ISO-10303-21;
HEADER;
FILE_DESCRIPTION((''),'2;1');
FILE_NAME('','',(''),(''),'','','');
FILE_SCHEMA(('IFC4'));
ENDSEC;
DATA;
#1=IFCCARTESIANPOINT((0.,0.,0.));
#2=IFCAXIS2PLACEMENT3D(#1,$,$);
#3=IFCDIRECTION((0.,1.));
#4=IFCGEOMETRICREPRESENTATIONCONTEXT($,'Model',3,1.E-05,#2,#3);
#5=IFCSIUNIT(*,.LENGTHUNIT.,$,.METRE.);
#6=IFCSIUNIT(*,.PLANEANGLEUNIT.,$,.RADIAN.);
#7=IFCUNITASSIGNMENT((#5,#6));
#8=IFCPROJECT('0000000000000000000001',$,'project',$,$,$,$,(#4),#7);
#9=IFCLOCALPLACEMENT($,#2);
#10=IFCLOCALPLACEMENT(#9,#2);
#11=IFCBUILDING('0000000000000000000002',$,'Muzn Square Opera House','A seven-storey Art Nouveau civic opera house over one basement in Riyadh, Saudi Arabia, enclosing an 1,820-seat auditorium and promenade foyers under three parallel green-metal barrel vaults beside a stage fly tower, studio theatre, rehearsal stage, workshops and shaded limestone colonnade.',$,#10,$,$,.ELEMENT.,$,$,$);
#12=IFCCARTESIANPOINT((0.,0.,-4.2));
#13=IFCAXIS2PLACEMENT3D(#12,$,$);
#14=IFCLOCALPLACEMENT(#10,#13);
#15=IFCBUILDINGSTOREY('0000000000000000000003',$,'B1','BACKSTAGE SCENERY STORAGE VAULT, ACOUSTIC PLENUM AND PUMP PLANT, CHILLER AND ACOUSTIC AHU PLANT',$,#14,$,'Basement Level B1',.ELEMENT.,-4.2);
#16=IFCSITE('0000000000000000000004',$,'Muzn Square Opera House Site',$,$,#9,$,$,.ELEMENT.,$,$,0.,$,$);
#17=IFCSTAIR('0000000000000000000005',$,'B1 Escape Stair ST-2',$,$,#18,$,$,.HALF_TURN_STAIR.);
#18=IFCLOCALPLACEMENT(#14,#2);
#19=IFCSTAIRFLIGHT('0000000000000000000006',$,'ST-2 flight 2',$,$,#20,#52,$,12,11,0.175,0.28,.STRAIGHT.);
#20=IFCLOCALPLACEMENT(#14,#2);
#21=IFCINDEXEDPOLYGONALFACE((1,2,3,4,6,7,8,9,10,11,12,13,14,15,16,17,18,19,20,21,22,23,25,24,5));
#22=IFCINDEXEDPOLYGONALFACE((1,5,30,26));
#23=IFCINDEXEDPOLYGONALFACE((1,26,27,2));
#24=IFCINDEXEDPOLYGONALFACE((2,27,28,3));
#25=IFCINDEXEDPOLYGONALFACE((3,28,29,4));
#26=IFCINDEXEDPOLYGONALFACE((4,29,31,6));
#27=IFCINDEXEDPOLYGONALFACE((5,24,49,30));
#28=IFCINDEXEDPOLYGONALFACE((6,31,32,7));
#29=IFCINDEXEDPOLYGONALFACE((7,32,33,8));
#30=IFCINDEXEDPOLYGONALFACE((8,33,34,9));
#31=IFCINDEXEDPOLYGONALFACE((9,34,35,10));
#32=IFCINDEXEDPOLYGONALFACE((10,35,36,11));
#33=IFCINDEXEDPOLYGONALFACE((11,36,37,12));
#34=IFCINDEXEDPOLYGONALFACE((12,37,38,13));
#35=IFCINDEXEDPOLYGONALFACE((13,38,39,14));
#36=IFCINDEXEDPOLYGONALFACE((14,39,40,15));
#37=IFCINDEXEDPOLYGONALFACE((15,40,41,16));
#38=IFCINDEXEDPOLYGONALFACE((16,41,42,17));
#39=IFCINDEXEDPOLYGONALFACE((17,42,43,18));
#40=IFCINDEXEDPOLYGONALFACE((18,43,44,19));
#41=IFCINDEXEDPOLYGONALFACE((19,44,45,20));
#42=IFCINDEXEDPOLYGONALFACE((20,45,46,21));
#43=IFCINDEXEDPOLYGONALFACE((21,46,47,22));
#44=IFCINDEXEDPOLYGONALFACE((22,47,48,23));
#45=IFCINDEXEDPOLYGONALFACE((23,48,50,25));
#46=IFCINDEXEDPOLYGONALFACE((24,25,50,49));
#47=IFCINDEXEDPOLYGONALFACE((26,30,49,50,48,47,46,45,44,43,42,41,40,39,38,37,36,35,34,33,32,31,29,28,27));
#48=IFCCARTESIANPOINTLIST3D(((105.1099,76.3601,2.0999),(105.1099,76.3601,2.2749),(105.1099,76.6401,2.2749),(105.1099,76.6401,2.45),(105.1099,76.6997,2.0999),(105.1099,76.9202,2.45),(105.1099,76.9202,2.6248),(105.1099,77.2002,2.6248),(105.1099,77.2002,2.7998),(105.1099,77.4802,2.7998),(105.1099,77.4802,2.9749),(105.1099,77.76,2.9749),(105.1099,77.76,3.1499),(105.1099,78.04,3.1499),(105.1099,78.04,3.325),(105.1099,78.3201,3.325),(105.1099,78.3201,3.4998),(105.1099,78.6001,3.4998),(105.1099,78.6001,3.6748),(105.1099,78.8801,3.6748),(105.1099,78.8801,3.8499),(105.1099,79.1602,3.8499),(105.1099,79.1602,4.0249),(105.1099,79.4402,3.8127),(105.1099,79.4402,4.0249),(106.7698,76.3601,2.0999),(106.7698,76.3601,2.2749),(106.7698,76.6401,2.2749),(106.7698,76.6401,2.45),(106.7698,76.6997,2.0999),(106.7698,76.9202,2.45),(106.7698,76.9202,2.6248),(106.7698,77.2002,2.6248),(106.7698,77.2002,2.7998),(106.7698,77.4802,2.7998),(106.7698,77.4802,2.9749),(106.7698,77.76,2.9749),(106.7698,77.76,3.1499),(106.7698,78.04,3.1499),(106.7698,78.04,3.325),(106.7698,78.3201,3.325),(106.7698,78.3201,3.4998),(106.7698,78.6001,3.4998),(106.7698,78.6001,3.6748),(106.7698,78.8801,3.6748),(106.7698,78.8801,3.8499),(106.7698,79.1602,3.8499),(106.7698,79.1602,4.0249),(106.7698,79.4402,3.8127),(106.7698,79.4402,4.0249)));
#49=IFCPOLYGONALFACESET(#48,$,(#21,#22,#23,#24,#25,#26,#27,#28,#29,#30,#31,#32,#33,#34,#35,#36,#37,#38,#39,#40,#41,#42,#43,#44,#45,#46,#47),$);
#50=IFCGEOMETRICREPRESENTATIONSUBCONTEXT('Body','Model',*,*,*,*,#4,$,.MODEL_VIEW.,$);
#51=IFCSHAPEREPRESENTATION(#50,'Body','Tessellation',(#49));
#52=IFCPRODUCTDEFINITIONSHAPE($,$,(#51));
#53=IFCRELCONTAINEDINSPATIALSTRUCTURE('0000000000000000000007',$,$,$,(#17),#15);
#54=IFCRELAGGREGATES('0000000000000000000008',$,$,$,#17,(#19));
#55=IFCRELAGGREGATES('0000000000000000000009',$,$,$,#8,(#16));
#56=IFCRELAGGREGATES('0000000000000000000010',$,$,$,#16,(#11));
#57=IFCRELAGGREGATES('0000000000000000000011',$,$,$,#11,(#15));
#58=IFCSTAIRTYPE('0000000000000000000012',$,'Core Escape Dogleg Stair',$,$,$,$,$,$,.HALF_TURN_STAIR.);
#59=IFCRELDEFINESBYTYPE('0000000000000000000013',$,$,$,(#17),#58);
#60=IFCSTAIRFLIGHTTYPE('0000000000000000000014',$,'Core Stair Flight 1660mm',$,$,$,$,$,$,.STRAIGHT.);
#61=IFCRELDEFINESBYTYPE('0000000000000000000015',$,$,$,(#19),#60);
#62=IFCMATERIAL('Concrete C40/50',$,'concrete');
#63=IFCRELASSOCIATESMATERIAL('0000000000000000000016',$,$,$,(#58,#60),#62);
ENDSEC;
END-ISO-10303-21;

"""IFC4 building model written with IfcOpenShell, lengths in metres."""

from ifc_helpers import new_model, si_unit, direction, frame, origin, place, context, subcontext, project, spatial, polyline, outline, extrude, material, type_object, element, aggregate, save


model = new_model("IFC4")

# Units and contexts
model_context = context("Model", 3, precision=1e-05, world=origin(), true_north=direction((0.0, 1.0)))
body_context = subcontext(model_context, "Body", "Model", "MODEL_VIEW")
ifc_project = project(units=[si_unit("LENGTHUNIT", "METRE"), si_unit("PLANEANGLEUNIT", "RADIAN")], contexts=[model_context])

# Site, building, storey
site_placement = place(None, origin())
site = spatial("IfcSite", under=ifc_project, at=site_placement, Name="Muzn Square Opera House Site", CompositionType="ELEMENT", RefElevation=0.0)
building_placement = place(site_placement, origin())
building = spatial("IfcBuilding", under=site, at=building_placement, Name="Muzn Square Opera House", Description="A seven-storey Art Nouveau civic opera house over one basement in Riyadh, Saudi Arabia, enclosing an 1,820-seat auditorium and promenade foyers under three parallel green-metal barrel vaults beside a stage fly tower, studio theatre, rehearsal stage, workshops and shaded limestone colonnade.", CompositionType="ELEMENT")
storey_placement = place(building_placement, frame((0.0, 0.0, -4.2)))
storey = spatial("IfcBuildingStorey", under=building, at=storey_placement, Name="B1", Description="BACKSTAGE SCENERY STORAGE VAULT, ACOUSTIC PLENUM AND PUMP PLANT, CHILLER AND ACOUSTIC AHU PLANT", LongName="Basement Level B1", CompositionType="ELEMENT", Elevation=-4.2)

# Shared definitions
ifc_material_1 = material(Name="Concrete C40/50", Category="concrete")

# Stair, stair flight
stair_type = type_object("IfcStairType", Name="Core Escape Dogleg Stair", PredefinedType="HALF_TURN_STAIR", material=ifc_material_1)
stair_placement = place(storey_placement, origin())
stair = element("IfcStair", 1, at=stair_placement, inside=storey, type_object=stair_type, Name="B1 Escape Stair ST-2", PredefinedType="HALF_TURN_STAIR")
stair_flight_type = type_object("IfcStairFlightType", Name="Core Stair Flight 1660mm", PredefinedType="STRAIGHT", material=ifc_material_1)
stair_flight_1_placement = place(storey_placement, frame((105.9399, 76.3601, 2.0999), z_axis=(0.0, 0.0, 1.0), x_axis=(0.0, 1.0, 0.0)))
stair_flight_1 = element("IfcStairFlight", 2, at=stair_flight_1_placement, type_object=stair_flight_type, Name="ST-2 flight 2", NumberOfRisers=12, NumberOfTreads=11, PredefinedType="STRAIGHT", RiserHeight=0.175, TreadLength=0.28, context=body_context, shape_type="SweptSolid", body=[
    extrude(outline(polyline([(0.0, 0.0), (0.0, 0.175), (0.28, 0.175), (0.28, 0.3501), (0.5601, 0.3501), (0.5601, 0.5249), (0.8401, 0.5249), (0.8401, 0.7), (1.1201, 0.7), (1.1201, 0.875), (1.3999, 0.875), (1.3999, 1.05), (1.6799, 1.05), (1.6799, 1.2251), (1.96, 1.2251), (1.96, 1.3999), (2.24, 1.3999), (2.24, 1.575), (2.52, 1.575), (2.52, 1.75), (2.8, 1.75), (2.8, 1.925), (3.0801, 1.925), (3.0801, 2.1001), (3.0801, 1.7129), (0.3396, 0.0), (0.0, 0.0)])), frame((0.0, 0.8301, 0.0), z_axis=(0.0, -1.0, 0.0), x_axis=(1.0, 0.0, 0.0)), (0.0, 0.0, 1.0), 1.6599),
])
aggregate(stair, [stair_flight_1])

save(model, "model.ifc")
